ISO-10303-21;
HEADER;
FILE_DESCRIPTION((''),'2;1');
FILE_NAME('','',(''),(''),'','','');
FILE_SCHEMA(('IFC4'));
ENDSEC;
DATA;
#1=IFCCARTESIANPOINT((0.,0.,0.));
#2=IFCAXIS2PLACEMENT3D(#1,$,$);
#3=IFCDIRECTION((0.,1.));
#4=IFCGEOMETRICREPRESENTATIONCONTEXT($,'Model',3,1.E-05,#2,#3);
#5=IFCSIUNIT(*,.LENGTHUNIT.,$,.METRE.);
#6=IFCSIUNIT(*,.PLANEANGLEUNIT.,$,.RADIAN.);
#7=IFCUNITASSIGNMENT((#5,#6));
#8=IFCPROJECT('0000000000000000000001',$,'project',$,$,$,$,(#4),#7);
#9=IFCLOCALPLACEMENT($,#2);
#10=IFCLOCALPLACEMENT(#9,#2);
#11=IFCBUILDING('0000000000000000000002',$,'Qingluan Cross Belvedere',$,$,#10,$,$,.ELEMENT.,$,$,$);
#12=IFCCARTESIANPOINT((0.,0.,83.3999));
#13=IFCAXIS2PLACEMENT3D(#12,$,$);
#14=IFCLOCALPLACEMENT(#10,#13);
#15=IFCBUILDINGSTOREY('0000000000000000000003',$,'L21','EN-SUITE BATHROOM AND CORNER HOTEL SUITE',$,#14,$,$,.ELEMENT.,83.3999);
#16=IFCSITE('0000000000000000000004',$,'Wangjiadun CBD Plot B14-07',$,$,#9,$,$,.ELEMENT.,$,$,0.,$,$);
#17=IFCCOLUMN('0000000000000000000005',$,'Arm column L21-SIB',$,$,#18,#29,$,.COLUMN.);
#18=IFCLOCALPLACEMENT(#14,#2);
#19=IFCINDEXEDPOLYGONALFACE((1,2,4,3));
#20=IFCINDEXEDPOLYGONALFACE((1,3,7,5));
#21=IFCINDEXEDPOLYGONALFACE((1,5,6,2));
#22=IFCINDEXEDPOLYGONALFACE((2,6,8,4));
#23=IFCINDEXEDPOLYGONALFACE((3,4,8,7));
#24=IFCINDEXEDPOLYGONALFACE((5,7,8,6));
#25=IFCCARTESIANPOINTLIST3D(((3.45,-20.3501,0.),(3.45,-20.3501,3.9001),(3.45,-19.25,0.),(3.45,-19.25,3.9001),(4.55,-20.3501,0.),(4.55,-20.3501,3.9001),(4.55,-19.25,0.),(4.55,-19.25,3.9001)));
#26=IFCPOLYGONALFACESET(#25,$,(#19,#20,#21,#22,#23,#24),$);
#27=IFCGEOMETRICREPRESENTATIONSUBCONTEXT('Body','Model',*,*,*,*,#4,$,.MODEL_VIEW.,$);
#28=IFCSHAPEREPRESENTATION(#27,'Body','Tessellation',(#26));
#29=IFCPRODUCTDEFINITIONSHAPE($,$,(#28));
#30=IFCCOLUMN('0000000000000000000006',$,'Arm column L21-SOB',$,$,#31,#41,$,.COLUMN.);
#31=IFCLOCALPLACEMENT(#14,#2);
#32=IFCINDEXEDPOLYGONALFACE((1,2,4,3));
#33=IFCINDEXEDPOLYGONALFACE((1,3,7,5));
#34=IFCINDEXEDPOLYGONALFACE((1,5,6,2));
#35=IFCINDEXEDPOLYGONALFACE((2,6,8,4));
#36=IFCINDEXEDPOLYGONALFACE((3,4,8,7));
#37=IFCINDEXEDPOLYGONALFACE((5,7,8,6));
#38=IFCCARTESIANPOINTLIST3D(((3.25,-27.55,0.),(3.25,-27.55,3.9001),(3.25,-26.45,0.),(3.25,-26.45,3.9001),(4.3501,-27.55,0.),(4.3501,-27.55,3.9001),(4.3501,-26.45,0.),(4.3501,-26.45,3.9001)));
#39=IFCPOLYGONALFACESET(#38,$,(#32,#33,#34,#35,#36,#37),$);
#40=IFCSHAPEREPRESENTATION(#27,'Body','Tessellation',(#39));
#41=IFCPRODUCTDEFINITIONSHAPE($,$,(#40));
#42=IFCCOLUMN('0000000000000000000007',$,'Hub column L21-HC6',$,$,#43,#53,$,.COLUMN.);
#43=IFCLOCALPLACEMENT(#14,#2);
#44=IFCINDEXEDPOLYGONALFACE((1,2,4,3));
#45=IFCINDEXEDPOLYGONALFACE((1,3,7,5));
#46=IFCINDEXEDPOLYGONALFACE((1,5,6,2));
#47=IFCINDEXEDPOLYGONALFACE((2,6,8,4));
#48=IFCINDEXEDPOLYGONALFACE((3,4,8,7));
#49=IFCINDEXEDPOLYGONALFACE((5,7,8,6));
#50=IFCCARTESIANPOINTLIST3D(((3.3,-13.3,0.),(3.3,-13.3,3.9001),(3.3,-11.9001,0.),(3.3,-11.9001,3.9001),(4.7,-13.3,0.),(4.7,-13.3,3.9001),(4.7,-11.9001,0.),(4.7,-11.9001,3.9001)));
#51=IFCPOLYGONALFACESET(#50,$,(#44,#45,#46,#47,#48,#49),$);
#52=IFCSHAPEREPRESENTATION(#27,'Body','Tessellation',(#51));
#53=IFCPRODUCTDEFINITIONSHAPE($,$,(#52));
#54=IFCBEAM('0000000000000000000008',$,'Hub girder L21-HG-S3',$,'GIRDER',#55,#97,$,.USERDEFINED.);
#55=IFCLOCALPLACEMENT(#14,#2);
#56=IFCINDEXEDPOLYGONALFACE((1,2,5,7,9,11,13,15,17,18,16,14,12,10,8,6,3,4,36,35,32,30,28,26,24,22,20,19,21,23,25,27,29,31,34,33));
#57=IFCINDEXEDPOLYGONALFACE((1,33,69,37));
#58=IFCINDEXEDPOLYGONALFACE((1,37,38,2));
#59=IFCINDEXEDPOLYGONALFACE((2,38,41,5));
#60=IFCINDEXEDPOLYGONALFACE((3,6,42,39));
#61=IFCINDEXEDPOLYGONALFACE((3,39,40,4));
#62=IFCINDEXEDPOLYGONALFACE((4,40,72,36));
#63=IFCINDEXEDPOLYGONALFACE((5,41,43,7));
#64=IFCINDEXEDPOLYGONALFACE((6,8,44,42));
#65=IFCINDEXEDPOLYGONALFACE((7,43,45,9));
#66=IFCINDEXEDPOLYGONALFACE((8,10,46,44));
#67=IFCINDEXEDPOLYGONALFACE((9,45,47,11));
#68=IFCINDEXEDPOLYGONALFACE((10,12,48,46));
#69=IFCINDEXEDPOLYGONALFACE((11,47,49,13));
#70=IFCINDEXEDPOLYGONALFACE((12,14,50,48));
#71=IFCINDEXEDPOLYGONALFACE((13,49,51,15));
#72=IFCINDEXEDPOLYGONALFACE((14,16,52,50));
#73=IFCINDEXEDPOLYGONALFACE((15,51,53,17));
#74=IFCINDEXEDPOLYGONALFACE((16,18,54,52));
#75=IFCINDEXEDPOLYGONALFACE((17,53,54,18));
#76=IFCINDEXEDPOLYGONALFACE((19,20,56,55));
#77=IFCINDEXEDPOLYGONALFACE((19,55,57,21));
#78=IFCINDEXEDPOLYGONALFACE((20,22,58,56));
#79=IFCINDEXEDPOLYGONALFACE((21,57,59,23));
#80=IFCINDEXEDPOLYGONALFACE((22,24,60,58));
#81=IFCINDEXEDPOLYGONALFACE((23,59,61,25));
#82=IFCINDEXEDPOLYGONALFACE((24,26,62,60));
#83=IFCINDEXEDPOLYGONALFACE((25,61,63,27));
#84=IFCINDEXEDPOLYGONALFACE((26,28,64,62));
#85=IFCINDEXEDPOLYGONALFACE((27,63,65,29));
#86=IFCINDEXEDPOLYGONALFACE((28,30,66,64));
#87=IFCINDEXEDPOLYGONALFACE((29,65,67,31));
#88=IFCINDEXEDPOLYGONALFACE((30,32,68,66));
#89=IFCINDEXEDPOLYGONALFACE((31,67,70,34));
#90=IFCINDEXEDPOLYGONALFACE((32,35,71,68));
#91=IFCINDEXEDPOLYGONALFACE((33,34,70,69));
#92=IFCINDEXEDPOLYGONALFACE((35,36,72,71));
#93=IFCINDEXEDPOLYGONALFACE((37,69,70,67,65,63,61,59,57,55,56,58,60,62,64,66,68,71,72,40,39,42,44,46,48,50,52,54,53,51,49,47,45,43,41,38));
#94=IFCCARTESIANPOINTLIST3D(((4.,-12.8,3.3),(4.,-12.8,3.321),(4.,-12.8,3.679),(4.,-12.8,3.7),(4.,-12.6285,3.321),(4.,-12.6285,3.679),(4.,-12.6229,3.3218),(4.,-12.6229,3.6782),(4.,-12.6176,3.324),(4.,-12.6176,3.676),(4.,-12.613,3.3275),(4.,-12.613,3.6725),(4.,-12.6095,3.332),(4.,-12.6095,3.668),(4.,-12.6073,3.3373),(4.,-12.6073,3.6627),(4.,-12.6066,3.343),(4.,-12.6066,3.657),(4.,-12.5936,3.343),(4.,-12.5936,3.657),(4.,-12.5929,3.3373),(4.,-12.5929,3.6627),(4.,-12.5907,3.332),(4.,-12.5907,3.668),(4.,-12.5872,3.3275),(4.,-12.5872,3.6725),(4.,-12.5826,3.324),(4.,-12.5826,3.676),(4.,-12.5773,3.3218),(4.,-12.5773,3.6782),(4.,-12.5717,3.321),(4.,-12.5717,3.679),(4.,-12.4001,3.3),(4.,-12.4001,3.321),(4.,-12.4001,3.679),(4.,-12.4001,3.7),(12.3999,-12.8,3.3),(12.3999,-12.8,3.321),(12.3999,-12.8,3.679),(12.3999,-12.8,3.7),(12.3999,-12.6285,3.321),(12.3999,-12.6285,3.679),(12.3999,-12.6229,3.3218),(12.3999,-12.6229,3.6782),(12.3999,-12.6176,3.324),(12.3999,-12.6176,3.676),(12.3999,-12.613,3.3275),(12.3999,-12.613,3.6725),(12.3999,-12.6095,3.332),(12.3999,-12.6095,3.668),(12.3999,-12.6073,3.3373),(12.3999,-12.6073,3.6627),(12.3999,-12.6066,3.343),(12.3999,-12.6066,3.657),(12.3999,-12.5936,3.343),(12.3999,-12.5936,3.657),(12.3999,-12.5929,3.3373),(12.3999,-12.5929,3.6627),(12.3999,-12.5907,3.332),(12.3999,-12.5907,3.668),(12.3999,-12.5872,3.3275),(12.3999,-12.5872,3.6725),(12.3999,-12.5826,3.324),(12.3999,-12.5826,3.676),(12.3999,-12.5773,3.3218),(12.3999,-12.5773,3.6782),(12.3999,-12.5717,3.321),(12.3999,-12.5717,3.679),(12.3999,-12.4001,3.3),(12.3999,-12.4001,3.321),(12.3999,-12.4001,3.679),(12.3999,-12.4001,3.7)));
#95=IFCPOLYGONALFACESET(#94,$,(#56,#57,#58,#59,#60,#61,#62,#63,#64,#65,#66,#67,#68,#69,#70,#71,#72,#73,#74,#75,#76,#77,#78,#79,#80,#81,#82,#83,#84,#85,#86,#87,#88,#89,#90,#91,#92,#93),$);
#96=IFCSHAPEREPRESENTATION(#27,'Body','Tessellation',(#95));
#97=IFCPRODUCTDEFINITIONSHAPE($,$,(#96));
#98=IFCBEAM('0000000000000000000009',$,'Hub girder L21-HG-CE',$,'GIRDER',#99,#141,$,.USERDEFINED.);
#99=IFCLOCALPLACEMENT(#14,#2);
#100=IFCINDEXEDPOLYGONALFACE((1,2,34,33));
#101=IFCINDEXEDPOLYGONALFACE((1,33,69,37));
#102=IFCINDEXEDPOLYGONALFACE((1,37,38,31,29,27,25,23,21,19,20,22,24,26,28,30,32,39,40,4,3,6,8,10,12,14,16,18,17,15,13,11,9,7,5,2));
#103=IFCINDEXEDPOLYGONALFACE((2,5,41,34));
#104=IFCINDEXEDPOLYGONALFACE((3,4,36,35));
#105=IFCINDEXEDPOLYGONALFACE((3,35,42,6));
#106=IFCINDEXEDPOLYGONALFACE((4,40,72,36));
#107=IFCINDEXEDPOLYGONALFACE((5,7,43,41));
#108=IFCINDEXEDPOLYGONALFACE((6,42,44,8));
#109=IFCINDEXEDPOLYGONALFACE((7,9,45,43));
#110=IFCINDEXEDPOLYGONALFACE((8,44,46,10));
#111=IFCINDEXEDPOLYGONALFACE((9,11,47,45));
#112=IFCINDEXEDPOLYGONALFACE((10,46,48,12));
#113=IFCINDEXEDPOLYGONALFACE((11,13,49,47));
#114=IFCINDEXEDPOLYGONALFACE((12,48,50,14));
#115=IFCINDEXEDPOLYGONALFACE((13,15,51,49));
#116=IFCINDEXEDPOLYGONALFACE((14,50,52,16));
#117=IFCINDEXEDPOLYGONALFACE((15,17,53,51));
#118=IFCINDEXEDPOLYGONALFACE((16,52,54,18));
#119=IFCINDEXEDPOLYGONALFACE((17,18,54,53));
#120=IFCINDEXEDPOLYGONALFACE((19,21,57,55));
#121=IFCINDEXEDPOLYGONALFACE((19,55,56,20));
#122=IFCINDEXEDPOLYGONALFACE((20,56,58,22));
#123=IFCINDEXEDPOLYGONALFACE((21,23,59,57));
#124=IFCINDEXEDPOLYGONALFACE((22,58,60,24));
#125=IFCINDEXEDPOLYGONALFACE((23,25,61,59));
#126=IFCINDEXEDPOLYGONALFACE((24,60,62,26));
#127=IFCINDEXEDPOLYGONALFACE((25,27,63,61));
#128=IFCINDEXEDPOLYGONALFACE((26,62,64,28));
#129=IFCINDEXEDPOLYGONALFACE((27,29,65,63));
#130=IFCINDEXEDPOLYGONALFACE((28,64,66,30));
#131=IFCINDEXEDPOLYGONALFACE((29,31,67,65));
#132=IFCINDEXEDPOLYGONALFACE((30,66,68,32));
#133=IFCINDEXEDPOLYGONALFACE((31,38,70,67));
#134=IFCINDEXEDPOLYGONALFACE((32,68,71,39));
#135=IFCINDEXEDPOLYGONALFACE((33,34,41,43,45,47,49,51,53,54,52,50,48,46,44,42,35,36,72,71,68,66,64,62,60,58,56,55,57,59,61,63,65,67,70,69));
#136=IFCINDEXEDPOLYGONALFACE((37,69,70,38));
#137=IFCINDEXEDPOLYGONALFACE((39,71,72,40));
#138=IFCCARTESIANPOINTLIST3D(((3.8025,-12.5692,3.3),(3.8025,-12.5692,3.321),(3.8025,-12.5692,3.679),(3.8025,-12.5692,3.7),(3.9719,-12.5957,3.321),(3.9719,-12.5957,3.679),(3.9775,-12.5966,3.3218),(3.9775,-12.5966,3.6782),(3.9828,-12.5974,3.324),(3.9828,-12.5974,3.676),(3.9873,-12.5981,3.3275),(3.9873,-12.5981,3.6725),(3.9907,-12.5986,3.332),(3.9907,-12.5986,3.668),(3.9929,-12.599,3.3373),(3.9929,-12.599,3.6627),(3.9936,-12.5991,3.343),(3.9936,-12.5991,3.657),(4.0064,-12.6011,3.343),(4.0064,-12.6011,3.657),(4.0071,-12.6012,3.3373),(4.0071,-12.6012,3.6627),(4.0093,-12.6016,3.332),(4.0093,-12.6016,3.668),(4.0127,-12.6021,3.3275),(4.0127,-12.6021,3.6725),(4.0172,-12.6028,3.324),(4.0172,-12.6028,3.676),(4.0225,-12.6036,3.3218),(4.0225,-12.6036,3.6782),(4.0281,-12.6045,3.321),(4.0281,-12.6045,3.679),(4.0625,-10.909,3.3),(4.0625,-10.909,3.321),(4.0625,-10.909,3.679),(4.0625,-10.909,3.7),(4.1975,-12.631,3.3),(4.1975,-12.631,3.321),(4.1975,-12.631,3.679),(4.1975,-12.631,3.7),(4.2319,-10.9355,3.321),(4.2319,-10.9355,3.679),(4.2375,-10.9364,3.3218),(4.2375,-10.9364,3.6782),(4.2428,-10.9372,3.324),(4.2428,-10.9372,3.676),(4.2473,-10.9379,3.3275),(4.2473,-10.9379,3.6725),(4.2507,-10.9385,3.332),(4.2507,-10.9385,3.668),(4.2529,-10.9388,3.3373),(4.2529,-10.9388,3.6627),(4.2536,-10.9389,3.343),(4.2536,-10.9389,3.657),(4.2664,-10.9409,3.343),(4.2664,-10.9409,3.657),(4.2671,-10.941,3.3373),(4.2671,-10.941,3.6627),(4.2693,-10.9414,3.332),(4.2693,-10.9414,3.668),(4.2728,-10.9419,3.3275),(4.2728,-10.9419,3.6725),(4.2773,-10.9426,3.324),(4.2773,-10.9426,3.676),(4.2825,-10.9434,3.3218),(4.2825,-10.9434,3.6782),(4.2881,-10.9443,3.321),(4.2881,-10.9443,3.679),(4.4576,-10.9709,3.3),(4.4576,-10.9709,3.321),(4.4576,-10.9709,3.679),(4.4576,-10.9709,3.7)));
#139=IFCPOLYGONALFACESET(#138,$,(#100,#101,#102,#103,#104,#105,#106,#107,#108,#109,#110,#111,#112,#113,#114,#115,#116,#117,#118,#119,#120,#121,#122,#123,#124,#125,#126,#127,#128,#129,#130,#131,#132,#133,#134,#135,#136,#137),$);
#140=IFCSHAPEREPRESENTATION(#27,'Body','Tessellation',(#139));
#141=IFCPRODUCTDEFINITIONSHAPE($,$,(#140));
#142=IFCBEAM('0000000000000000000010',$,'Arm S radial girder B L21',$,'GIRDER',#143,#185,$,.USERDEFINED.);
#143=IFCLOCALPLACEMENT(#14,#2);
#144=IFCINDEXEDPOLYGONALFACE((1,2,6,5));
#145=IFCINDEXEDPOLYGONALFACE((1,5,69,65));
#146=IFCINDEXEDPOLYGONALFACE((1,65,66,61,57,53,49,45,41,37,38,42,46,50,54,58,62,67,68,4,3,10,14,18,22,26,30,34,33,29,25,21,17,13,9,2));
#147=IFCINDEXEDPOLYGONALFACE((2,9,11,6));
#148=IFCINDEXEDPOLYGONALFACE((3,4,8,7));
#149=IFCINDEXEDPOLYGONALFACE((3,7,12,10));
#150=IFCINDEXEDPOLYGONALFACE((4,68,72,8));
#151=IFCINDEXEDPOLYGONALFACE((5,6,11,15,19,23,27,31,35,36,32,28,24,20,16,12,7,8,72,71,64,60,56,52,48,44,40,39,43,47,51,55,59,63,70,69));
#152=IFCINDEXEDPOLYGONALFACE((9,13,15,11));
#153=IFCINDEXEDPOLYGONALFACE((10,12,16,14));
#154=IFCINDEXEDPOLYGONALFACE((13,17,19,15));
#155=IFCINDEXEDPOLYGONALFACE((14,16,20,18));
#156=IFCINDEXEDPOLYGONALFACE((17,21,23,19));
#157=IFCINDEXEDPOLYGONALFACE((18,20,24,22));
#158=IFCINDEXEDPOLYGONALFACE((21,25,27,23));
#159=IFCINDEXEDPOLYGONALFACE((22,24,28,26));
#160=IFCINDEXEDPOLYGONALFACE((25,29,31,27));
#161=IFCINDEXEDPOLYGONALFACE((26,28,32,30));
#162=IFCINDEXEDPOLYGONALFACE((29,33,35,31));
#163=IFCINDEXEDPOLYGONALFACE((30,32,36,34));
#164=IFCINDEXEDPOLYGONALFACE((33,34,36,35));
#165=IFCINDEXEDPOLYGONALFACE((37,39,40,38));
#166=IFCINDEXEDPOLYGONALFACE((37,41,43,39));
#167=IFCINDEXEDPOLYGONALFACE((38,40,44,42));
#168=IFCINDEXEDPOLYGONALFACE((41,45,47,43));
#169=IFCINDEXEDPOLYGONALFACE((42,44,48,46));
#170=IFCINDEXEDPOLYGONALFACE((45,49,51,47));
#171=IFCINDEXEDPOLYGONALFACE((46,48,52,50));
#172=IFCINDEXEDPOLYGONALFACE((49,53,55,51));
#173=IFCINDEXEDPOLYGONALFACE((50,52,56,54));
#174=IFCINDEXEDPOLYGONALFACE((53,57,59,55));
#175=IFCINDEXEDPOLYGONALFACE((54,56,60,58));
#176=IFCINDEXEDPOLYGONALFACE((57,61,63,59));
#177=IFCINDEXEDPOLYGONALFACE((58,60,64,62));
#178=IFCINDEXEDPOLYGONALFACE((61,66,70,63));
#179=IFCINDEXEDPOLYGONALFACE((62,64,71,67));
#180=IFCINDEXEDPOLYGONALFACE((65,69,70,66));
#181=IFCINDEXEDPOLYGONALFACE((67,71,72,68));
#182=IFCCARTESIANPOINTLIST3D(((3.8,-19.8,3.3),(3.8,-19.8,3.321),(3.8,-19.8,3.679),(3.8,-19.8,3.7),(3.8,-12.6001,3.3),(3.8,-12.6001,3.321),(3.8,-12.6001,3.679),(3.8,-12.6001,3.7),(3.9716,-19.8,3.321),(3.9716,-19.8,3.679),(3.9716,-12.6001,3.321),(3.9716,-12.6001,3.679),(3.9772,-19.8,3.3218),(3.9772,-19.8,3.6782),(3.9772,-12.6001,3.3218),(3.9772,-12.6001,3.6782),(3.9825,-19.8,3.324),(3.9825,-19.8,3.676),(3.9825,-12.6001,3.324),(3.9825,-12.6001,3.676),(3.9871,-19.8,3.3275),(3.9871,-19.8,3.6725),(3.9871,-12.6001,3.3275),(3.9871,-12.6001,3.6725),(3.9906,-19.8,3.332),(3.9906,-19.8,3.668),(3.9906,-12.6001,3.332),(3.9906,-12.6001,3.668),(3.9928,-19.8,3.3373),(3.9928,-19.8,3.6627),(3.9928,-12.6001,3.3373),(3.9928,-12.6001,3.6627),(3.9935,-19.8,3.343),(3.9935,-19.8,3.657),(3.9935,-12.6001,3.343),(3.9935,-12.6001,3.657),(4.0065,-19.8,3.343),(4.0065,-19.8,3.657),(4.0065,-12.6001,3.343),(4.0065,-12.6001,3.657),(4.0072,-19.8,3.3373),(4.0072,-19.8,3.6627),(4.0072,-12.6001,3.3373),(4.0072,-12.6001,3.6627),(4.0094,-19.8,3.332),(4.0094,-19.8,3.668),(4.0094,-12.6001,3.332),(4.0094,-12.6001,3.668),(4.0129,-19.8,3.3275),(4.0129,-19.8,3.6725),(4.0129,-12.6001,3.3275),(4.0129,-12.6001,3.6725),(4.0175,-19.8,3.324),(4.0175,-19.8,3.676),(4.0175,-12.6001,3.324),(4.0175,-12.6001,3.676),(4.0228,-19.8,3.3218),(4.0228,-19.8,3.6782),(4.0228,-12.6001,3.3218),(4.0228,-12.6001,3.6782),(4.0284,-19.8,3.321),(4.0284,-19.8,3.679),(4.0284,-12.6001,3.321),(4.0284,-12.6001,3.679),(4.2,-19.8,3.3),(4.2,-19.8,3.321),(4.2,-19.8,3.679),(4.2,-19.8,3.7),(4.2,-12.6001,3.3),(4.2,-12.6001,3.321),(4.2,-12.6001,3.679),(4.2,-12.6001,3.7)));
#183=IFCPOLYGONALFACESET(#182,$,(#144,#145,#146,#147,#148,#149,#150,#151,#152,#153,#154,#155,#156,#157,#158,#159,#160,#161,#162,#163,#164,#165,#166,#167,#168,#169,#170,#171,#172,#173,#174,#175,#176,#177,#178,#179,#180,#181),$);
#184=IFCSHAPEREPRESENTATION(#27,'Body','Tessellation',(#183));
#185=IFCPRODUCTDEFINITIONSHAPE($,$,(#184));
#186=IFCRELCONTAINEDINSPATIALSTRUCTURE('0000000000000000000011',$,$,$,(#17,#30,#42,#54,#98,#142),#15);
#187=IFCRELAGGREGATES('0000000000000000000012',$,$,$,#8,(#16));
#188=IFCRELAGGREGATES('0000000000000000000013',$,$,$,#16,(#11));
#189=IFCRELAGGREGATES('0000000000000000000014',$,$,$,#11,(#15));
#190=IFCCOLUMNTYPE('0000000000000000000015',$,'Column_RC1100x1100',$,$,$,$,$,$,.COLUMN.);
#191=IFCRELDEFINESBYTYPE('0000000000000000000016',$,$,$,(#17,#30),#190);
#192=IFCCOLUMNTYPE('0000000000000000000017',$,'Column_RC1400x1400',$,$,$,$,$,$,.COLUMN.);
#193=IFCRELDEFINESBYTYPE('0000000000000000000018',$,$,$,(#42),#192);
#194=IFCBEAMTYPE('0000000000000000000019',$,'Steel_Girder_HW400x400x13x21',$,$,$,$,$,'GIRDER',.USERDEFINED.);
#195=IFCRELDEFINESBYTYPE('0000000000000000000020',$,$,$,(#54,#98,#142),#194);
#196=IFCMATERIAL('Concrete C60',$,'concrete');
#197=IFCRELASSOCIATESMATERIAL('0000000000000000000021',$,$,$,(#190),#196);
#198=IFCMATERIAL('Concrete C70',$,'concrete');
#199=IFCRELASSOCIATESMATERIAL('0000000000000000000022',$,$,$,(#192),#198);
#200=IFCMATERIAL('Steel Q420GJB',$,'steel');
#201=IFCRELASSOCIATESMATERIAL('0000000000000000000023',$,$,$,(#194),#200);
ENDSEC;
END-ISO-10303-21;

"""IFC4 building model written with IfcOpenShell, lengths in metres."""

from ifc_helpers import new_model, si_unit, direction, frame, origin, origin_2d, place, context, subcontext, project, spatial, rectangle, i_section, extrude, material, material_profile, profile_set, type_object, element, save


model = new_model("IFC4")

# Units and contexts
model_context = context("Model", 3, precision=1e-05, world=origin(), true_north=direction((0.0, 1.0)))
body_context = subcontext(model_context, "Body", "Model", "MODEL_VIEW")
ifc_project = project(units=[si_unit("LENGTHUNIT", "METRE"), si_unit("PLANEANGLEUNIT", "RADIAN")], contexts=[model_context])

# Site, building, storey
site_placement = place(None, origin())
site = spatial("IfcSite", under=ifc_project, at=site_placement, Name="Wangjiadun CBD Plot B14-07", CompositionType="ELEMENT", RefElevation=0.0)
building_placement = place(site_placement, origin())
building = spatial("IfcBuilding", under=site, at=building_placement, Name="Qingluan Cross Belvedere", CompositionType="ELEMENT")
storey_placement = place(building_placement, frame((0.0, 0.0, 83.3999)))
storey = spatial("IfcBuildingStorey", under=building, at=storey_placement, Name="L21", Description="EN-SUITE BATHROOM AND CORNER HOTEL SUITE", CompositionType="ELEMENT", Elevation=83.3999)

# Columns
ifc_material_1 = material(Name="Concrete C60", Category="concrete")
ifc_material_profile_1 = material_profile(ifc_material_1, rectangle(XDim=1.1001, YDim=1.1001, at=origin_2d()), Name="RC1100x1100")
ifc_profile_set_1 = profile_set([ifc_material_profile_1], Name="Concrete C60")
column_type_1 = type_object("IfcColumnType", Name="Column_RC1100x1100", PredefinedType="COLUMN", material=ifc_profile_set_1)
for number, where, z_axis, x_axis, name in (
    (1, (4.0, -19.8, 0.0), (0.0, 0.0, 1.0), (1.0, 0.0, 0.0), "Arm column L21-SIB"),
    (2, (3.8, -27.0, 0.0), (0.0, 0.0, 1.0), (1.0, 0.0, 0.0), "Arm column L21-SOB"),
):
    element("IfcColumn", number, at=place(storey_placement, frame(where, z_axis=z_axis, x_axis=x_axis)), inside=storey, type_object=column_type_1, Name=name, PredefinedType="COLUMN", context=body_context, shape_type="SweptSolid", body=[
        extrude(rectangle(XDim=1.1001, YDim=1.1001, at=origin_2d()), origin(), (0.0, 0.0, 1.0), 3.9001),
    ])
ifc_material_2 = material(Name="Concrete C70", Category="concrete")
ifc_material_profile_2 = material_profile(ifc_material_2, rectangle(XDim=1.3999, YDim=1.3999, at=origin_2d()), Name="RC1400x1400")
ifc_profile_set_2 = profile_set([ifc_material_profile_2], Name="Concrete C70")
column_type_2 = type_object("IfcColumnType", Name="Column_RC1400x1400", PredefinedType="COLUMN", material=ifc_profile_set_2)
column_placement = place(storey_placement, frame((4.0, -12.6001, 0.0), z_axis=(0.0, 0.0, 1.0), x_axis=(1.0, 0.0, 0.0)))
element("IfcColumn", 3, at=column_placement, inside=storey, type_object=column_type_2, Name="Hub column L21-HC6", PredefinedType="COLUMN", context=body_context, shape_type="SweptSolid", body=[
    extrude(rectangle(XDim=1.3999, YDim=1.3999, at=origin_2d()), origin(), (0.0, 0.0, 1.0), 3.9001),
])

# Beams
ifc_material_3 = material(Name="Steel Q420GJB", Category="steel")
ifc_material_profile_3 = material_profile(ifc_material_3, i_section(OverallWidth=0.3999, OverallDepth=0.3999, WebThickness=0.0129, FlangeThickness=0.021, FilletRadius=0.022, at=origin_2d()), Name="HW400x400x13x21")
ifc_profile_set_3 = profile_set([ifc_material_profile_3], Name="Steel Q420GJB")
beam_type = type_object("IfcBeamType", Name="Steel_Girder_HW400x400x13x21", ElementType="GIRDER", PredefinedType="USERDEFINED", material=ifc_profile_set_3)
beam_1_placement = place(storey_placement, frame((4.0, -12.6001, 3.5), z_axis=(1.0, 0.0, 0.0), x_axis=(0.0, 1.0, 0.0)))
element("IfcBeam", 4, at=beam_1_placement, inside=storey, type_object=beam_type, Name="Hub girder L21-HG-S3", ObjectType="GIRDER", PredefinedType="USERDEFINED", context=body_context, shape_type="SweptSolid", body=[
    extrude(i_section(OverallWidth=0.3999, OverallDepth=0.3999, WebThickness=0.0129, FlangeThickness=0.021, FilletRadius=0.022, at=origin_2d()), origin(), (0.0, 0.0, 1.0), 8.3999),
])
beam_2_placement = place(storey_placement, frame((4.0, -12.6001, 3.5), z_axis=(0.154731, 0.987957, 0.0), x_axis=(-0.987957, 0.154731, 0.0)))
element("IfcBeam", 5, at=beam_2_placement, inside=storey, type_object=beam_type, Name="Hub girder L21-HG-CE", ObjectType="GIRDER", PredefinedType="USERDEFINED", context=body_context, shape_type="SweptSolid", body=[
    extrude(i_section(OverallWidth=0.3999, OverallDepth=0.3999, WebThickness=0.0129, FlangeThickness=0.021, FilletRadius=0.022, at=origin_2d()), origin(), (0.0, 0.0, 1.0), 1.6804),
])
beam_3_placement = place(storey_placement, frame((4.0, -12.6001, 3.5), z_axis=(0.0, -1.0, 0.0), x_axis=(1.0, 0.0, 0.0)))
element("IfcBeam", 6, at=beam_3_placement, inside=storey, type_object=beam_type, Name="Arm S radial girder B L21", ObjectType="GIRDER", PredefinedType="USERDEFINED", context=body_context, shape_type="SweptSolid", body=[
    extrude(i_section(OverallWidth=0.3999, OverallDepth=0.3999, WebThickness=0.0129, FlangeThickness=0.021, FilletRadius=0.022, at=origin_2d()), origin(), (0.0, 0.0, 1.0), 7.2),
])

save(model, "model.ifc")
